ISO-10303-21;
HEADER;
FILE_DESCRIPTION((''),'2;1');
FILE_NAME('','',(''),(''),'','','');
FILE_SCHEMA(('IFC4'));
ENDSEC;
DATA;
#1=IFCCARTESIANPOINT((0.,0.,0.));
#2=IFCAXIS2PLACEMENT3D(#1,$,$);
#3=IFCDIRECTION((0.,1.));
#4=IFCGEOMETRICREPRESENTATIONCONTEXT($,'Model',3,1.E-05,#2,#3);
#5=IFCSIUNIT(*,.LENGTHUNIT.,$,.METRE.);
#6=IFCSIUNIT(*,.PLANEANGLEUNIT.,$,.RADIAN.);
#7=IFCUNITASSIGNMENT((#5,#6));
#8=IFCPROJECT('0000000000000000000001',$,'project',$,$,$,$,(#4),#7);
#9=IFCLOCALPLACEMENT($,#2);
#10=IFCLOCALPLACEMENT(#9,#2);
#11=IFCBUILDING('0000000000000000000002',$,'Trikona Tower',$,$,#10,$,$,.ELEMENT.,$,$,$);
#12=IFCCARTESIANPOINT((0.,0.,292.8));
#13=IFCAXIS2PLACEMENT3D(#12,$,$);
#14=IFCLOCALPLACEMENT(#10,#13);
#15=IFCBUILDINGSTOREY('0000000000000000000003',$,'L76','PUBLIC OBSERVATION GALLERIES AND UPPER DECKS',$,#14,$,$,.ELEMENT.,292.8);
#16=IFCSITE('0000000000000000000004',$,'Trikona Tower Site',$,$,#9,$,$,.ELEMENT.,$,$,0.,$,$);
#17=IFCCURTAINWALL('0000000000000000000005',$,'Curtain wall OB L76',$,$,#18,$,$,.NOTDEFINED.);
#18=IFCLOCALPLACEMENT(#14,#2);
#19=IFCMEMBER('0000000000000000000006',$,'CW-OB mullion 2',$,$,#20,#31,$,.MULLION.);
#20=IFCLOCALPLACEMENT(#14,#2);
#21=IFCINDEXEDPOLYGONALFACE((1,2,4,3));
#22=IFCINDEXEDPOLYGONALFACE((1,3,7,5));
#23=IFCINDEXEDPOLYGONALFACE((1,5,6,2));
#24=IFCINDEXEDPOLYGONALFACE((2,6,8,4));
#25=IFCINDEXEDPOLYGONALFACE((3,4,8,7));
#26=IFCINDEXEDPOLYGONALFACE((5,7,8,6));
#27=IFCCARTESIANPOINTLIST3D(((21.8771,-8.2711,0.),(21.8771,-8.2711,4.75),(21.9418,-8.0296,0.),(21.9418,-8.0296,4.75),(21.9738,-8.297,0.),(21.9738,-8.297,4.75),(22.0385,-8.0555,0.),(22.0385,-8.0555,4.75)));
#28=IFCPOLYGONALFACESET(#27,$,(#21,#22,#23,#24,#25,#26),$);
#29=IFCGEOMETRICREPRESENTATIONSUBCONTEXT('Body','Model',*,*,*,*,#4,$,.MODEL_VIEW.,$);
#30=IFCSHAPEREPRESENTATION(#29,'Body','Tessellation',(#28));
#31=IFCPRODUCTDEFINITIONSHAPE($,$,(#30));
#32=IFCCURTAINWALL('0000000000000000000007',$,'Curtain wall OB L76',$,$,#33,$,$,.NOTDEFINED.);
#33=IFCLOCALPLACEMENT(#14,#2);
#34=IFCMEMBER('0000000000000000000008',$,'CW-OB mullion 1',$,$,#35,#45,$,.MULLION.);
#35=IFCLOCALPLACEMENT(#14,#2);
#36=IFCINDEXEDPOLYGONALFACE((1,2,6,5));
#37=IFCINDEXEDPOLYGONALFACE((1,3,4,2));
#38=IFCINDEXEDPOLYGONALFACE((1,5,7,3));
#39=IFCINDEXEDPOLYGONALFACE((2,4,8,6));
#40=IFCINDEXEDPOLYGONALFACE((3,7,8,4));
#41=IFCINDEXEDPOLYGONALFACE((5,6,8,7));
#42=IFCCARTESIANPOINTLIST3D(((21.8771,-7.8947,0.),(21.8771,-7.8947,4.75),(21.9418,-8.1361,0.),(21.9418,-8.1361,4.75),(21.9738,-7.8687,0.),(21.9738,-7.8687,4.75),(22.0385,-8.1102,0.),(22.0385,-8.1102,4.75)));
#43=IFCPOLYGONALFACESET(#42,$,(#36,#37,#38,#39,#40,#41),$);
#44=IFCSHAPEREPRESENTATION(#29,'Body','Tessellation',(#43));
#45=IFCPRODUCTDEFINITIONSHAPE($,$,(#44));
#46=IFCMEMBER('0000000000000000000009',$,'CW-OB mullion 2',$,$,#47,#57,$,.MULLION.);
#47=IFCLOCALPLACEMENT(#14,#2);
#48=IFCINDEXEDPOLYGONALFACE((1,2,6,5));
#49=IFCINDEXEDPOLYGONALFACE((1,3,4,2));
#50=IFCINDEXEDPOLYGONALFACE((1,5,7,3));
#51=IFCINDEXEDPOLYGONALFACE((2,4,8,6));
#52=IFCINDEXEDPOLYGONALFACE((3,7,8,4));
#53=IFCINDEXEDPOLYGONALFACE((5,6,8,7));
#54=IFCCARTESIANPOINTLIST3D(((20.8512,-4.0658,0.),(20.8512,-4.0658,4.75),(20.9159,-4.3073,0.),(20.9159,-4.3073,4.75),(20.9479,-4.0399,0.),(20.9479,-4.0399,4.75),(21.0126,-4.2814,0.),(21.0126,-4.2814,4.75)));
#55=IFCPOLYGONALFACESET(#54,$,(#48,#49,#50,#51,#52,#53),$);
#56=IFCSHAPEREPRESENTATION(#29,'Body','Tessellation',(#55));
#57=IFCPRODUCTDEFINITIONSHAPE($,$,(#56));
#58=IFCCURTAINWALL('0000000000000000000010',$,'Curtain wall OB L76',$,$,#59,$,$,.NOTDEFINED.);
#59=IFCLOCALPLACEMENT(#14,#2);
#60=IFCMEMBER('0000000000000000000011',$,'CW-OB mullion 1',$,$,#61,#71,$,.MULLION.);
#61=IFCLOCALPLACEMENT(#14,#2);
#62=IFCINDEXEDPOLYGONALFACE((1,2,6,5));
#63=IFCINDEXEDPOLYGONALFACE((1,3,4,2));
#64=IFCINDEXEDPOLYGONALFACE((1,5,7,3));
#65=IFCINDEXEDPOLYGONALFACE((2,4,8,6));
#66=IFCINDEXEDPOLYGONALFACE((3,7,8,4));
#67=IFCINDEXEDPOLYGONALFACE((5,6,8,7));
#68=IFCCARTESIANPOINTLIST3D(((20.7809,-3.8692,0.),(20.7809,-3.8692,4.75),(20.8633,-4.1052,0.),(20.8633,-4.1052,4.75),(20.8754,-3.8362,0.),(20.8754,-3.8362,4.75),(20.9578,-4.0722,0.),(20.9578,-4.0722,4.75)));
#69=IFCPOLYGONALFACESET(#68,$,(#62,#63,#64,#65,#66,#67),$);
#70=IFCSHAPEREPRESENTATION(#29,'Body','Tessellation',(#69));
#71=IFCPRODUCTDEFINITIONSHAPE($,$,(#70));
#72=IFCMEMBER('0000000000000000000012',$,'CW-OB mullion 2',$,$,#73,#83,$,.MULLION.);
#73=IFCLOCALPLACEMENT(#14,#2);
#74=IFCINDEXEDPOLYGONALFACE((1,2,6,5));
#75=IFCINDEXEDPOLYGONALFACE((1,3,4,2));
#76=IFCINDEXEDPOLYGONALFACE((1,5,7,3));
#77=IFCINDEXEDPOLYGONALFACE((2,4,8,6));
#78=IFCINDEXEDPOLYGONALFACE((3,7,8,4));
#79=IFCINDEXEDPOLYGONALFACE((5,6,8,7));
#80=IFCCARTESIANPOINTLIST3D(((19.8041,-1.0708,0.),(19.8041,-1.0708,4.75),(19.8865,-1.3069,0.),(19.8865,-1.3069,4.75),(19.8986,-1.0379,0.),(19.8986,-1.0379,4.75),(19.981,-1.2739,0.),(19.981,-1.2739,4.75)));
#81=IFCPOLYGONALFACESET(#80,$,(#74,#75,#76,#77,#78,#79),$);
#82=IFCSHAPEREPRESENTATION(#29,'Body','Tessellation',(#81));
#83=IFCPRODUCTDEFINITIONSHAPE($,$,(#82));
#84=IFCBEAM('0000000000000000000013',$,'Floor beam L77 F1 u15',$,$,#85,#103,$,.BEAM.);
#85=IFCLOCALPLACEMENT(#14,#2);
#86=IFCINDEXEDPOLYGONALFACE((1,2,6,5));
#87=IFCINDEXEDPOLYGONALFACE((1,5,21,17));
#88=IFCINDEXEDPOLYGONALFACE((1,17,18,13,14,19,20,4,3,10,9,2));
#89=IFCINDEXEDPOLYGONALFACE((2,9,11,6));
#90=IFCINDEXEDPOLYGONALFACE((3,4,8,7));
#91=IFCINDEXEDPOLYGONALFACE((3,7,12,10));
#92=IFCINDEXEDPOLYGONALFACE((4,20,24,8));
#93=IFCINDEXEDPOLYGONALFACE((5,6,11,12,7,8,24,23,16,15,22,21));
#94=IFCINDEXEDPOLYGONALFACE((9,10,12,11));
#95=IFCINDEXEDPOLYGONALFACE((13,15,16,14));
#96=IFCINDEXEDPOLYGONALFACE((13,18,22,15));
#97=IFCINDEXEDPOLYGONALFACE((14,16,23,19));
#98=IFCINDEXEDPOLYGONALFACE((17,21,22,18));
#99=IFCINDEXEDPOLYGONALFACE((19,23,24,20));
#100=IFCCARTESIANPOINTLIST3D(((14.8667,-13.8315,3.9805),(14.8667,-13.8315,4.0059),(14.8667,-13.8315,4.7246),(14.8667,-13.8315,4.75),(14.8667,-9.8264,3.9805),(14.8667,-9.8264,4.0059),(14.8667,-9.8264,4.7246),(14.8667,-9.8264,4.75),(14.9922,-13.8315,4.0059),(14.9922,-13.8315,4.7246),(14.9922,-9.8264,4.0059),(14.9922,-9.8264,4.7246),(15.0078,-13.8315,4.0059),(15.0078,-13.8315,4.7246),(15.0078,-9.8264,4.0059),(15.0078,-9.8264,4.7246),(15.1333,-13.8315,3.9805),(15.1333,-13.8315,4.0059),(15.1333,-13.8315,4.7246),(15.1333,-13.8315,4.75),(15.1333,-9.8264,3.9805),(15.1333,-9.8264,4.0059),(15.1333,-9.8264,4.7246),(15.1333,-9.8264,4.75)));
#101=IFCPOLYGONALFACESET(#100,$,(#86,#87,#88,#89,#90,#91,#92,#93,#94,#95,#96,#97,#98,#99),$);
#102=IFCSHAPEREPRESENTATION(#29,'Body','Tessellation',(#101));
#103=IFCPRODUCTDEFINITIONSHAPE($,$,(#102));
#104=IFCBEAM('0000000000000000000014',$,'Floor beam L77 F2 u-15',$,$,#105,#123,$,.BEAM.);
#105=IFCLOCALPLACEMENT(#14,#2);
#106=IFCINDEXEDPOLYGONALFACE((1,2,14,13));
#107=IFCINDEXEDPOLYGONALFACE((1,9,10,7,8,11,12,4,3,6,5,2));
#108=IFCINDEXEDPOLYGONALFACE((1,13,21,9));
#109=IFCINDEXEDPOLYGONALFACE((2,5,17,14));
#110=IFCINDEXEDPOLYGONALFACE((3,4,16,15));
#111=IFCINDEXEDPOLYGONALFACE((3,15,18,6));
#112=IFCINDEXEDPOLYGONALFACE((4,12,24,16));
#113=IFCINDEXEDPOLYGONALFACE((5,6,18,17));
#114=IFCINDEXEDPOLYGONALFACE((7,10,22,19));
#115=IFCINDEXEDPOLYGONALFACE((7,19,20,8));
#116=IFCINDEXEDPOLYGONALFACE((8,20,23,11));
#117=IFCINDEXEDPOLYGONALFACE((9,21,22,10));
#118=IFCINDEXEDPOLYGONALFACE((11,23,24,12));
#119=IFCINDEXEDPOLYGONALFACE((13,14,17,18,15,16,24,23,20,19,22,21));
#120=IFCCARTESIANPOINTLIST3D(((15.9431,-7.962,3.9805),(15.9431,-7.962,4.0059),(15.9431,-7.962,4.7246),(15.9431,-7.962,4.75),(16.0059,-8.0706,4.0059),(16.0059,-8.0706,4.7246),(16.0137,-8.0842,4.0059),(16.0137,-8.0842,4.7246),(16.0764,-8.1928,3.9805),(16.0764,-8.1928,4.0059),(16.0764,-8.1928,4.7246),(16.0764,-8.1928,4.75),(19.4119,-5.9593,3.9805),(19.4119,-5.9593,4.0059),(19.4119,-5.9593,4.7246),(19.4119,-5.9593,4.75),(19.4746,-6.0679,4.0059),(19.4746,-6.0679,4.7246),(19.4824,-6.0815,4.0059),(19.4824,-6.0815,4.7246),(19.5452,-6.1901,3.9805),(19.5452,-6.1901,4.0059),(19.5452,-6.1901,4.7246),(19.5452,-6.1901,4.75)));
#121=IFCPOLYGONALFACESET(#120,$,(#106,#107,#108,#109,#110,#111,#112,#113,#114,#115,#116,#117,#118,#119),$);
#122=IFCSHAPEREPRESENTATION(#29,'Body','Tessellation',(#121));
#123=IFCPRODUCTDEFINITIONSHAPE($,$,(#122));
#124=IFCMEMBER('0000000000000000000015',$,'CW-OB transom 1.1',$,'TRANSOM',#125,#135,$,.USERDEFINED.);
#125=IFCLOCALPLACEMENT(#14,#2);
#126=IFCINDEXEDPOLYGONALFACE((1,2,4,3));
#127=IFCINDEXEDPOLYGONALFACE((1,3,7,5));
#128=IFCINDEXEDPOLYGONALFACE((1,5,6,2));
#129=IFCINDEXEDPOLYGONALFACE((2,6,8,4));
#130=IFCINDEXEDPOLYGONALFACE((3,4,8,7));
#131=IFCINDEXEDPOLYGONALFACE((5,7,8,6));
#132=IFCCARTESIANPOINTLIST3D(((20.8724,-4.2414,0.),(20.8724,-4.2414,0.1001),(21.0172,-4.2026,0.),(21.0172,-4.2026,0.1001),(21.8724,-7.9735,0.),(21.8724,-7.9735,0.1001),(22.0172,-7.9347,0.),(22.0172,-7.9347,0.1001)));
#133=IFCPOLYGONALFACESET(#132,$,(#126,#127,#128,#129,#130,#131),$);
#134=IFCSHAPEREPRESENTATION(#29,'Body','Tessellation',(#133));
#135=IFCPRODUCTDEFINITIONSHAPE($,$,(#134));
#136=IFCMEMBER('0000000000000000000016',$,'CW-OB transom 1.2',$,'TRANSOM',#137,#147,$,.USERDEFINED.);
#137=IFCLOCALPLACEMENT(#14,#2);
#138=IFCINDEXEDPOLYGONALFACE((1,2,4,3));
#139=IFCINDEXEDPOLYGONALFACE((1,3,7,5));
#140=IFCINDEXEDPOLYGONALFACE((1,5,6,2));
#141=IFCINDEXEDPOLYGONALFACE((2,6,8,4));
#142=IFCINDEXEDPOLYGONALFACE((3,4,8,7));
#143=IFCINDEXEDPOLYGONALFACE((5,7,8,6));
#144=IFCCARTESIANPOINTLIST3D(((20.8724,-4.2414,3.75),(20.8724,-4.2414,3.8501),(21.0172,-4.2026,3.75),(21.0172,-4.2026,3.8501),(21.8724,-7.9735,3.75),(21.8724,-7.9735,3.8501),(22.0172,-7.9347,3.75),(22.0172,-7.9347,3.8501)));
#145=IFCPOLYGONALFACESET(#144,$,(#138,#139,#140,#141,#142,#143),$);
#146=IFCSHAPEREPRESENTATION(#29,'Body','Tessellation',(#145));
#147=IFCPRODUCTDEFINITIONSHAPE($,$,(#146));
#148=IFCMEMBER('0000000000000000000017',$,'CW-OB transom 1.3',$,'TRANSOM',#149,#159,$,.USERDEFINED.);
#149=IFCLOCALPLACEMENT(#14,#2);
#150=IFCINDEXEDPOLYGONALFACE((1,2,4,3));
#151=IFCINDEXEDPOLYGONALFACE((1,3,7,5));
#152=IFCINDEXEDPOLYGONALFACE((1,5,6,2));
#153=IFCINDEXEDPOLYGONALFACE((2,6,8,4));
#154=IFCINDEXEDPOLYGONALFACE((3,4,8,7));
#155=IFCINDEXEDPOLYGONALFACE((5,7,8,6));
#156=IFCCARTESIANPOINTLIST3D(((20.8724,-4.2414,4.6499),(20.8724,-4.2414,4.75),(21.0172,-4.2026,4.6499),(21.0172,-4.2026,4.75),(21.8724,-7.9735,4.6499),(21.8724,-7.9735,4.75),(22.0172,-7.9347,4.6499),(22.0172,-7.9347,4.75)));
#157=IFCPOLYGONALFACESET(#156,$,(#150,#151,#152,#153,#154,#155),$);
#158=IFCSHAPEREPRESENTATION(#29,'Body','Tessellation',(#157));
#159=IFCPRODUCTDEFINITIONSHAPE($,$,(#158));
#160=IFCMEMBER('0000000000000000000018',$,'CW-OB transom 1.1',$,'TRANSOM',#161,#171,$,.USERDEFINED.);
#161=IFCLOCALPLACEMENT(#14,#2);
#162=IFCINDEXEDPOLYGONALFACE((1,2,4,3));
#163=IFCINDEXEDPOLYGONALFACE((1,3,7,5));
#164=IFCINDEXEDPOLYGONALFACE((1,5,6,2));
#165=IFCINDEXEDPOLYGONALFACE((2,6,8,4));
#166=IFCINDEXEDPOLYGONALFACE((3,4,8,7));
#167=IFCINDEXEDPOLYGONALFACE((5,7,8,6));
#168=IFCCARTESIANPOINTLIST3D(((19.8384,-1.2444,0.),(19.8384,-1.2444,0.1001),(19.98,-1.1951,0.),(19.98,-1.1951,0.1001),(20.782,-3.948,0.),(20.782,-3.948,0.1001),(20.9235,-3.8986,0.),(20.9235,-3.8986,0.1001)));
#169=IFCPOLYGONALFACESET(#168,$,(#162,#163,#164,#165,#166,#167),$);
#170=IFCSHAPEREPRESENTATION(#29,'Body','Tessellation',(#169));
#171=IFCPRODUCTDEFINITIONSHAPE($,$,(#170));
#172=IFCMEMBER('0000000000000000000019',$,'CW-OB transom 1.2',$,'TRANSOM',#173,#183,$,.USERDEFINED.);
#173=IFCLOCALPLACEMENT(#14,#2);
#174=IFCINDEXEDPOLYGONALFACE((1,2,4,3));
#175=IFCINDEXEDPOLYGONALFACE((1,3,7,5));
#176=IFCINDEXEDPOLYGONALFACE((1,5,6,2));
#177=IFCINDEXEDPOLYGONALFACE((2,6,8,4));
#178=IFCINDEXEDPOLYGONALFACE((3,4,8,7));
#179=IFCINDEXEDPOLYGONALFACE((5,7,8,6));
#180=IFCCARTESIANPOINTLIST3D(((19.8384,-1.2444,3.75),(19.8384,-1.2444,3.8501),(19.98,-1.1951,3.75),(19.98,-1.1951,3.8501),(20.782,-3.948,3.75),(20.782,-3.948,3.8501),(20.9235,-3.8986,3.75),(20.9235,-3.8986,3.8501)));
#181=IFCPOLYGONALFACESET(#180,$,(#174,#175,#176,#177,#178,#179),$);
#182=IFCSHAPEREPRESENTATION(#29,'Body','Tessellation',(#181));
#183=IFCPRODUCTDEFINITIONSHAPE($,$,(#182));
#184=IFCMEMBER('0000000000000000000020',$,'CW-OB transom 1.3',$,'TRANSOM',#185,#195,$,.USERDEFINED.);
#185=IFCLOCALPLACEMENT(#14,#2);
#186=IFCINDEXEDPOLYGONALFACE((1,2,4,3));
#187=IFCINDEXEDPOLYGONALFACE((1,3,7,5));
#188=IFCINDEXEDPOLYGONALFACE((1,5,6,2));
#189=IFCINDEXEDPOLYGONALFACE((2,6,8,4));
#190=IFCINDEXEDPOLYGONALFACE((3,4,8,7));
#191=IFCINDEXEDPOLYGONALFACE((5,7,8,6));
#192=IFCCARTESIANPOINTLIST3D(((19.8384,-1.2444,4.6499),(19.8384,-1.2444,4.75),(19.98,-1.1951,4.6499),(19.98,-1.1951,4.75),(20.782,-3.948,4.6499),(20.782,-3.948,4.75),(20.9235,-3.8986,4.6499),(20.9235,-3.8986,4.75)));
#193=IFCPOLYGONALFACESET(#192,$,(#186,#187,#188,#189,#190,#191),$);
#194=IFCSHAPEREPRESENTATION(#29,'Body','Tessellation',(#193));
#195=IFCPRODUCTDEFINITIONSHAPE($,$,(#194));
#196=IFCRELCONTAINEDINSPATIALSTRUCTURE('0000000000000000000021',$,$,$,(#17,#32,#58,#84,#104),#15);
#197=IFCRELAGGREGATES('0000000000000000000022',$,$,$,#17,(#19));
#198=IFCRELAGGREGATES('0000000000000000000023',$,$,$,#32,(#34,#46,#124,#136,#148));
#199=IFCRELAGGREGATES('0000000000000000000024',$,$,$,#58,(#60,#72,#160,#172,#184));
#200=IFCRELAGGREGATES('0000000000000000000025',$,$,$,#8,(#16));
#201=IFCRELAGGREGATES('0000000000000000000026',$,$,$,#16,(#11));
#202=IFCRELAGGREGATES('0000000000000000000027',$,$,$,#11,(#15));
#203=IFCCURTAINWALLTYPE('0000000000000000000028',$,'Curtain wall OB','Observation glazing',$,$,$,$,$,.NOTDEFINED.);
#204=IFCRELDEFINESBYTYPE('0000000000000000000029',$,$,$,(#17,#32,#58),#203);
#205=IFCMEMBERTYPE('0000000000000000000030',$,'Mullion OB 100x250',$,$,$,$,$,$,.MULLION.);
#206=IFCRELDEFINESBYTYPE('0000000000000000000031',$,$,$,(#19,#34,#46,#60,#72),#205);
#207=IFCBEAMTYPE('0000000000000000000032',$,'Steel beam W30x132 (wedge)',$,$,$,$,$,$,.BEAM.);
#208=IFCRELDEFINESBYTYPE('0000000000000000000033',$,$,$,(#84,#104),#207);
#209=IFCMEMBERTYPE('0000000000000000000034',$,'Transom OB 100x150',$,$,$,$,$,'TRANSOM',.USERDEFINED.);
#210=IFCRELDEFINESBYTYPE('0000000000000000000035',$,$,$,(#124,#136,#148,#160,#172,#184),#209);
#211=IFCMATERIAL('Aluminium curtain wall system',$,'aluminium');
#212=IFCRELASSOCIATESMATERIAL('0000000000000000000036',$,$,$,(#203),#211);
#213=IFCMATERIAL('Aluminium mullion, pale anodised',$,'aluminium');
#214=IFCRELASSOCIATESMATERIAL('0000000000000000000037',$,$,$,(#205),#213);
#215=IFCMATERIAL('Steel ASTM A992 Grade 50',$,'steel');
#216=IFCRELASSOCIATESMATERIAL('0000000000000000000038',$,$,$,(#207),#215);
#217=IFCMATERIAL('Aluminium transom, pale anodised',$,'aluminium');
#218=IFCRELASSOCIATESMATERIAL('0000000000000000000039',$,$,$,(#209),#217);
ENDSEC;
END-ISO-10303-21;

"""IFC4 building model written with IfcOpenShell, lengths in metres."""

from ifc_helpers import new_model, si_unit, direction, frame, origin, origin_2d, place, context, subcontext, project, spatial, rectangle, i_section, extrude, material, material_profile, profile_set, type_object, element, aggregate, save


model = new_model("IFC4")

# Units and contexts
model_context = context("Model", 3, precision=1e-05, world=origin(), true_north=direction((0.0, 1.0)))
body_context = subcontext(model_context, "Body", "Model", "MODEL_VIEW")
ifc_project = project(units=[si_unit("LENGTHUNIT", "METRE"), si_unit("PLANEANGLEUNIT", "RADIAN")], contexts=[model_context])

# Site, building, storey
site_placement = place(None, origin())
site = spatial("IfcSite", under=ifc_project, at=site_placement, Name="Trikona Tower Site", CompositionType="ELEMENT", RefElevation=0.0)
building_placement = place(site_placement, origin())
building = spatial("IfcBuilding", under=site, at=building_placement, Name="Trikona Tower", CompositionType="ELEMENT")
storey_placement = place(building_placement, frame((0.0, 0.0, 292.8)))
storey = spatial("IfcBuildingStorey", under=building, at=storey_placement, Name="L76", Description="PUBLIC OBSERVATION GALLERIES AND UPPER DECKS", CompositionType="ELEMENT", Elevation=292.8)

# Curtain wall, member
ifc_material_1 = material(Name="Aluminium curtain wall system", Category="aluminium")
curtain_wall_type = type_object("IfcCurtainWallType", Name="Curtain wall OB", Description="Observation glazing", PredefinedType="NOTDEFINED", material=ifc_material_1)
curtain_wall_1_placement = place(storey_placement, origin())
curtain_wall_1 = element("IfcCurtainWall", 1, at=curtain_wall_1_placement, inside=storey, type_object=curtain_wall_type, Name="Curtain wall OB L76", PredefinedType="NOTDEFINED")
ifc_material_2 = material(Name="Aluminium mullion, pale anodised", Category="aluminium")
ifc_material_profile_1 = material_profile(ifc_material_2, rectangle(XDim=0.1001, YDim=0.25, at=origin_2d()), Name="MUL-OB")
ifc_profile_set_1 = profile_set([ifc_material_profile_1], Name="Aluminium mullion, pale anodised")
member_type_1 = type_object("IfcMemberType", Name="Mullion OB 100x250", PredefinedType="MULLION", material=ifc_profile_set_1)
member_1_placement = place(storey_placement, frame((21.9578, -8.1633, 0.0), z_axis=(0.0, 0.0, 1.0), x_axis=(-0.965923, 0.258828, 0.0)))
member_1 = element("IfcMember", 2, at=member_1_placement, type_object=member_type_1, Name="CW-OB mullion 2", PredefinedType="MULLION", context=body_context, shape_type="SweptSolid", body=[
    extrude(rectangle(XDim=0.1001, YDim=0.25, at=origin_2d()), origin(), (0.0, 0.0, 1.0), 4.75),
])

# Curtain walls, members
curtain_wall_2_placement = place(storey_placement, origin())
curtain_wall_2 = element("IfcCurtainWall", 3, at=curtain_wall_2_placement, inside=storey, type_object=curtain_wall_type, Name="Curtain wall OB L76", PredefinedType="NOTDEFINED")
member_2_placement = place(storey_placement, frame((21.9578, -8.0024, 0.0), z_axis=(0.0, 0.0, 1.0), x_axis=(-0.965922, -0.258834, 0.0)))
member_2 = element("IfcMember", 4, at=member_2_placement, type_object=member_type_1, Name="CW-OB mullion 1", PredefinedType="MULLION", context=body_context, shape_type="SweptSolid", body=[
    extrude(rectangle(XDim=0.1001, YDim=0.25, at=origin_2d()), origin(), (0.0, 0.0, 1.0), 4.75),
])
member_3_placement = place(storey_placement, frame((20.9319, -4.1736, 0.0), z_axis=(0.0, 0.0, 1.0), x_axis=(-0.965922, -0.258834, 0.0)))
member_3 = element("IfcMember", 5, at=member_3_placement, type_object=member_type_1, Name="CW-OB mullion 2", PredefinedType="MULLION", context=body_context, shape_type="SweptSolid", body=[
    extrude(rectangle(XDim=0.1001, YDim=0.25, at=origin_2d()), origin(), (0.0, 0.0, 1.0), 4.75),
])
curtain_wall_3_placement = place(storey_placement, origin())
curtain_wall_3 = element("IfcCurtainWall", 6, at=curtain_wall_3_placement, inside=storey, type_object=curtain_wall_type, Name="Curtain wall OB L76", PredefinedType="NOTDEFINED")
member_4_placement = place(storey_placement, frame((20.8694, -3.9707, 0.0), z_axis=(0.0, 0.0, 1.0), x_axis=(-0.944137, -0.329552, 0.0)))
member_4 = element("IfcMember", 7, at=member_4_placement, type_object=member_type_1, Name="CW-OB mullion 1", PredefinedType="MULLION", context=body_context, shape_type="SweptSolid", body=[
    extrude(rectangle(XDim=0.1001, YDim=0.25, at=origin_2d()), origin(), (0.0, 0.0, 1.0), 4.75),
])
member_5_placement = place(storey_placement, frame((19.8926, -1.1724, 0.0), z_axis=(0.0, 0.0, 1.0), x_axis=(-0.944137, -0.329552, 0.0)))
member_5 = element("IfcMember", 8, at=member_5_placement, type_object=member_type_1, Name="CW-OB mullion 2", PredefinedType="MULLION", context=body_context, shape_type="SweptSolid", body=[
    extrude(rectangle(XDim=0.1001, YDim=0.25, at=origin_2d()), origin(), (0.0, 0.0, 1.0), 4.75),
])

# Beams
ifc_material_3 = material(Name="Steel ASTM A992 Grade 50", Category="steel")
ifc_material_profile_2 = material_profile(ifc_material_3, i_section(OverallWidth=0.2666, OverallDepth=0.7695, WebThickness=0.0156, FlangeThickness=0.0254, at=origin_2d()), Name="W30X132")
ifc_profile_set_2 = profile_set([ifc_material_profile_2], Name="Steel ASTM A992 Grade 50")
beam_type = type_object("IfcBeamType", Name="Steel beam W30x132 (wedge)", PredefinedType="BEAM", material=ifc_profile_set_2)
beam_1_placement = place(storey_placement, frame((15.0, -9.8264, 4.3652), z_axis=(0.0, -1.0, 0.0), x_axis=(1.0, 0.0, 0.0)))
element("IfcBeam", 9, at=beam_1_placement, inside=storey, type_object=beam_type, Name="Floor beam L77 F1 u15", PredefinedType="BEAM", context=body_context, shape_type="SweptSolid", body=[
    extrude(i_section(OverallWidth=0.2666, OverallDepth=0.7695, WebThickness=0.0156, FlangeThickness=0.0254, at=origin_2d()), origin(), (0.0, 0.0, 1.0), 4.0051),
])
beam_2_placement = place(storey_placement, frame((16.0098, -8.0774, 4.3652), z_axis=(0.866025, 0.5, 0.0), x_axis=(-0.5, 0.866025, 0.0)))
element("IfcBeam", 10, at=beam_2_placement, inside=storey, type_object=beam_type, Name="Floor beam L77 F2 u-15", PredefinedType="BEAM", context=body_context, shape_type="SweptSolid", body=[
    extrude(i_section(OverallWidth=0.2666, OverallDepth=0.7695, WebThickness=0.0156, FlangeThickness=0.0254, at=origin_2d()), origin(), (0.0, 0.0, 1.0), 4.0054),
])

# Members
ifc_material_4 = material(Name="Aluminium transom, pale anodised", Category="aluminium")
ifc_material_profile_3 = material_profile(ifc_material_4, rectangle(XDim=0.1499, YDim=0.1001, at=origin_2d()), Name="TRN-OB")
ifc_profile_set_3 = profile_set([ifc_material_profile_3], Name="Aluminium transom, pale anodised")
member_type_2 = type_object("IfcMemberType", Name="Transom OB 100x150", ElementType="TRANSOM", PredefinedType="USERDEFINED", material=ifc_profile_set_3)
member_6_placement = place(storey_placement, frame((21.9448, -7.9541, 0.05), z_axis=(-0.258811, 0.965928, 0.0), x_axis=(-0.965928, -0.258811, 0.0)))
member_6 = element("IfcMember", 11, at=member_6_placement, type_object=member_type_2, Name="CW-OB transom 1.1", ObjectType="TRANSOM", PredefinedType="USERDEFINED", context=body_context, shape_type="SweptSolid", body=[
    extrude(rectangle(XDim=0.1499, YDim=0.1001, at=origin_2d()), origin(), (0.0, 0.0, 1.0), 3.8638),
])
member_7_placement = place(storey_placement, frame((21.9448, -7.9541, 3.8), z_axis=(-0.258811, 0.965928, 0.0), x_axis=(-0.965928, -0.258811, 0.0)))
member_7 = element("IfcMember", 12, at=member_7_placement, type_object=member_type_2, Name="CW-OB transom 1.2", ObjectType="TRANSOM", PredefinedType="USERDEFINED", context=body_context, shape_type="SweptSolid", body=[
    extrude(rectangle(XDim=0.1499, YDim=0.1001, at=origin_2d()), origin(), (0.0, 0.0, 1.0), 3.8638),
])
member_8_placement = place(storey_placement, frame((21.9448, -7.9541, 4.7), z_axis=(-0.258811, 0.965928, 0.0), x_axis=(-0.965928, -0.258811, 0.0)))
member_8 = element("IfcMember", 13, at=member_8_placement, type_object=member_type_2, Name="CW-OB transom 1.3", ObjectType="TRANSOM", PredefinedType="USERDEFINED", context=body_context, shape_type="SweptSolid", body=[
    extrude(rectangle(XDim=0.1499, YDim=0.1001, at=origin_2d()), origin(), (0.0, 0.0, 1.0), 3.8638),
])
member_9_placement = place(storey_placement, frame((20.8528, -3.9233, 0.05), z_axis=(-0.329522, 0.944148, 0.0), x_axis=(-0.944148, -0.329522, 0.0)))
member_9 = element("IfcMember", 14, at=member_9_placement, type_object=member_type_2, Name="CW-OB transom 1.1", ObjectType="TRANSOM", PredefinedType="USERDEFINED", context=body_context, shape_type="SweptSolid", body=[
    extrude(rectangle(XDim=0.1499, YDim=0.1001, at=origin_2d()), origin(), (0.0, 0.0, 1.0), 2.8635),
])
member_10_placement = place(storey_placement, frame((20.8528, -3.9233, 3.8), z_axis=(-0.329522, 0.944148, 0.0), x_axis=(-0.944148, -0.329522, 0.0)))
member_10 = element("IfcMember", 15, at=member_10_placement, type_object=member_type_2, Name="CW-OB transom 1.2", ObjectType="TRANSOM", PredefinedType="USERDEFINED", context=body_context, shape_type="SweptSolid", body=[
    extrude(rectangle(XDim=0.1499, YDim=0.1001, at=origin_2d()), origin(), (0.0, 0.0, 1.0), 2.8635),
])
member_11_placement = place(storey_placement, frame((20.8528, -3.9233, 4.7), z_axis=(-0.329522, 0.944148, 0.0), x_axis=(-0.944148, -0.329522, 0.0)))
member_11 = element("IfcMember", 16, at=member_11_placement, type_object=member_type_2, Name="CW-OB transom 1.3", ObjectType="TRANSOM", PredefinedType="USERDEFINED", context=body_context, shape_type="SweptSolid", body=[
    extrude(rectangle(XDim=0.1499, YDim=0.1001, at=origin_2d()), origin(), (0.0, 0.0, 1.0), 2.8635),
])

aggregate(curtain_wall_1, [member_1])
aggregate(curtain_wall_2, [member_2, member_3, member_6, member_7, member_8])
aggregate(curtain_wall_3, [member_4, member_5, member_9, member_10, member_11])

save(model, "model.ifc")
